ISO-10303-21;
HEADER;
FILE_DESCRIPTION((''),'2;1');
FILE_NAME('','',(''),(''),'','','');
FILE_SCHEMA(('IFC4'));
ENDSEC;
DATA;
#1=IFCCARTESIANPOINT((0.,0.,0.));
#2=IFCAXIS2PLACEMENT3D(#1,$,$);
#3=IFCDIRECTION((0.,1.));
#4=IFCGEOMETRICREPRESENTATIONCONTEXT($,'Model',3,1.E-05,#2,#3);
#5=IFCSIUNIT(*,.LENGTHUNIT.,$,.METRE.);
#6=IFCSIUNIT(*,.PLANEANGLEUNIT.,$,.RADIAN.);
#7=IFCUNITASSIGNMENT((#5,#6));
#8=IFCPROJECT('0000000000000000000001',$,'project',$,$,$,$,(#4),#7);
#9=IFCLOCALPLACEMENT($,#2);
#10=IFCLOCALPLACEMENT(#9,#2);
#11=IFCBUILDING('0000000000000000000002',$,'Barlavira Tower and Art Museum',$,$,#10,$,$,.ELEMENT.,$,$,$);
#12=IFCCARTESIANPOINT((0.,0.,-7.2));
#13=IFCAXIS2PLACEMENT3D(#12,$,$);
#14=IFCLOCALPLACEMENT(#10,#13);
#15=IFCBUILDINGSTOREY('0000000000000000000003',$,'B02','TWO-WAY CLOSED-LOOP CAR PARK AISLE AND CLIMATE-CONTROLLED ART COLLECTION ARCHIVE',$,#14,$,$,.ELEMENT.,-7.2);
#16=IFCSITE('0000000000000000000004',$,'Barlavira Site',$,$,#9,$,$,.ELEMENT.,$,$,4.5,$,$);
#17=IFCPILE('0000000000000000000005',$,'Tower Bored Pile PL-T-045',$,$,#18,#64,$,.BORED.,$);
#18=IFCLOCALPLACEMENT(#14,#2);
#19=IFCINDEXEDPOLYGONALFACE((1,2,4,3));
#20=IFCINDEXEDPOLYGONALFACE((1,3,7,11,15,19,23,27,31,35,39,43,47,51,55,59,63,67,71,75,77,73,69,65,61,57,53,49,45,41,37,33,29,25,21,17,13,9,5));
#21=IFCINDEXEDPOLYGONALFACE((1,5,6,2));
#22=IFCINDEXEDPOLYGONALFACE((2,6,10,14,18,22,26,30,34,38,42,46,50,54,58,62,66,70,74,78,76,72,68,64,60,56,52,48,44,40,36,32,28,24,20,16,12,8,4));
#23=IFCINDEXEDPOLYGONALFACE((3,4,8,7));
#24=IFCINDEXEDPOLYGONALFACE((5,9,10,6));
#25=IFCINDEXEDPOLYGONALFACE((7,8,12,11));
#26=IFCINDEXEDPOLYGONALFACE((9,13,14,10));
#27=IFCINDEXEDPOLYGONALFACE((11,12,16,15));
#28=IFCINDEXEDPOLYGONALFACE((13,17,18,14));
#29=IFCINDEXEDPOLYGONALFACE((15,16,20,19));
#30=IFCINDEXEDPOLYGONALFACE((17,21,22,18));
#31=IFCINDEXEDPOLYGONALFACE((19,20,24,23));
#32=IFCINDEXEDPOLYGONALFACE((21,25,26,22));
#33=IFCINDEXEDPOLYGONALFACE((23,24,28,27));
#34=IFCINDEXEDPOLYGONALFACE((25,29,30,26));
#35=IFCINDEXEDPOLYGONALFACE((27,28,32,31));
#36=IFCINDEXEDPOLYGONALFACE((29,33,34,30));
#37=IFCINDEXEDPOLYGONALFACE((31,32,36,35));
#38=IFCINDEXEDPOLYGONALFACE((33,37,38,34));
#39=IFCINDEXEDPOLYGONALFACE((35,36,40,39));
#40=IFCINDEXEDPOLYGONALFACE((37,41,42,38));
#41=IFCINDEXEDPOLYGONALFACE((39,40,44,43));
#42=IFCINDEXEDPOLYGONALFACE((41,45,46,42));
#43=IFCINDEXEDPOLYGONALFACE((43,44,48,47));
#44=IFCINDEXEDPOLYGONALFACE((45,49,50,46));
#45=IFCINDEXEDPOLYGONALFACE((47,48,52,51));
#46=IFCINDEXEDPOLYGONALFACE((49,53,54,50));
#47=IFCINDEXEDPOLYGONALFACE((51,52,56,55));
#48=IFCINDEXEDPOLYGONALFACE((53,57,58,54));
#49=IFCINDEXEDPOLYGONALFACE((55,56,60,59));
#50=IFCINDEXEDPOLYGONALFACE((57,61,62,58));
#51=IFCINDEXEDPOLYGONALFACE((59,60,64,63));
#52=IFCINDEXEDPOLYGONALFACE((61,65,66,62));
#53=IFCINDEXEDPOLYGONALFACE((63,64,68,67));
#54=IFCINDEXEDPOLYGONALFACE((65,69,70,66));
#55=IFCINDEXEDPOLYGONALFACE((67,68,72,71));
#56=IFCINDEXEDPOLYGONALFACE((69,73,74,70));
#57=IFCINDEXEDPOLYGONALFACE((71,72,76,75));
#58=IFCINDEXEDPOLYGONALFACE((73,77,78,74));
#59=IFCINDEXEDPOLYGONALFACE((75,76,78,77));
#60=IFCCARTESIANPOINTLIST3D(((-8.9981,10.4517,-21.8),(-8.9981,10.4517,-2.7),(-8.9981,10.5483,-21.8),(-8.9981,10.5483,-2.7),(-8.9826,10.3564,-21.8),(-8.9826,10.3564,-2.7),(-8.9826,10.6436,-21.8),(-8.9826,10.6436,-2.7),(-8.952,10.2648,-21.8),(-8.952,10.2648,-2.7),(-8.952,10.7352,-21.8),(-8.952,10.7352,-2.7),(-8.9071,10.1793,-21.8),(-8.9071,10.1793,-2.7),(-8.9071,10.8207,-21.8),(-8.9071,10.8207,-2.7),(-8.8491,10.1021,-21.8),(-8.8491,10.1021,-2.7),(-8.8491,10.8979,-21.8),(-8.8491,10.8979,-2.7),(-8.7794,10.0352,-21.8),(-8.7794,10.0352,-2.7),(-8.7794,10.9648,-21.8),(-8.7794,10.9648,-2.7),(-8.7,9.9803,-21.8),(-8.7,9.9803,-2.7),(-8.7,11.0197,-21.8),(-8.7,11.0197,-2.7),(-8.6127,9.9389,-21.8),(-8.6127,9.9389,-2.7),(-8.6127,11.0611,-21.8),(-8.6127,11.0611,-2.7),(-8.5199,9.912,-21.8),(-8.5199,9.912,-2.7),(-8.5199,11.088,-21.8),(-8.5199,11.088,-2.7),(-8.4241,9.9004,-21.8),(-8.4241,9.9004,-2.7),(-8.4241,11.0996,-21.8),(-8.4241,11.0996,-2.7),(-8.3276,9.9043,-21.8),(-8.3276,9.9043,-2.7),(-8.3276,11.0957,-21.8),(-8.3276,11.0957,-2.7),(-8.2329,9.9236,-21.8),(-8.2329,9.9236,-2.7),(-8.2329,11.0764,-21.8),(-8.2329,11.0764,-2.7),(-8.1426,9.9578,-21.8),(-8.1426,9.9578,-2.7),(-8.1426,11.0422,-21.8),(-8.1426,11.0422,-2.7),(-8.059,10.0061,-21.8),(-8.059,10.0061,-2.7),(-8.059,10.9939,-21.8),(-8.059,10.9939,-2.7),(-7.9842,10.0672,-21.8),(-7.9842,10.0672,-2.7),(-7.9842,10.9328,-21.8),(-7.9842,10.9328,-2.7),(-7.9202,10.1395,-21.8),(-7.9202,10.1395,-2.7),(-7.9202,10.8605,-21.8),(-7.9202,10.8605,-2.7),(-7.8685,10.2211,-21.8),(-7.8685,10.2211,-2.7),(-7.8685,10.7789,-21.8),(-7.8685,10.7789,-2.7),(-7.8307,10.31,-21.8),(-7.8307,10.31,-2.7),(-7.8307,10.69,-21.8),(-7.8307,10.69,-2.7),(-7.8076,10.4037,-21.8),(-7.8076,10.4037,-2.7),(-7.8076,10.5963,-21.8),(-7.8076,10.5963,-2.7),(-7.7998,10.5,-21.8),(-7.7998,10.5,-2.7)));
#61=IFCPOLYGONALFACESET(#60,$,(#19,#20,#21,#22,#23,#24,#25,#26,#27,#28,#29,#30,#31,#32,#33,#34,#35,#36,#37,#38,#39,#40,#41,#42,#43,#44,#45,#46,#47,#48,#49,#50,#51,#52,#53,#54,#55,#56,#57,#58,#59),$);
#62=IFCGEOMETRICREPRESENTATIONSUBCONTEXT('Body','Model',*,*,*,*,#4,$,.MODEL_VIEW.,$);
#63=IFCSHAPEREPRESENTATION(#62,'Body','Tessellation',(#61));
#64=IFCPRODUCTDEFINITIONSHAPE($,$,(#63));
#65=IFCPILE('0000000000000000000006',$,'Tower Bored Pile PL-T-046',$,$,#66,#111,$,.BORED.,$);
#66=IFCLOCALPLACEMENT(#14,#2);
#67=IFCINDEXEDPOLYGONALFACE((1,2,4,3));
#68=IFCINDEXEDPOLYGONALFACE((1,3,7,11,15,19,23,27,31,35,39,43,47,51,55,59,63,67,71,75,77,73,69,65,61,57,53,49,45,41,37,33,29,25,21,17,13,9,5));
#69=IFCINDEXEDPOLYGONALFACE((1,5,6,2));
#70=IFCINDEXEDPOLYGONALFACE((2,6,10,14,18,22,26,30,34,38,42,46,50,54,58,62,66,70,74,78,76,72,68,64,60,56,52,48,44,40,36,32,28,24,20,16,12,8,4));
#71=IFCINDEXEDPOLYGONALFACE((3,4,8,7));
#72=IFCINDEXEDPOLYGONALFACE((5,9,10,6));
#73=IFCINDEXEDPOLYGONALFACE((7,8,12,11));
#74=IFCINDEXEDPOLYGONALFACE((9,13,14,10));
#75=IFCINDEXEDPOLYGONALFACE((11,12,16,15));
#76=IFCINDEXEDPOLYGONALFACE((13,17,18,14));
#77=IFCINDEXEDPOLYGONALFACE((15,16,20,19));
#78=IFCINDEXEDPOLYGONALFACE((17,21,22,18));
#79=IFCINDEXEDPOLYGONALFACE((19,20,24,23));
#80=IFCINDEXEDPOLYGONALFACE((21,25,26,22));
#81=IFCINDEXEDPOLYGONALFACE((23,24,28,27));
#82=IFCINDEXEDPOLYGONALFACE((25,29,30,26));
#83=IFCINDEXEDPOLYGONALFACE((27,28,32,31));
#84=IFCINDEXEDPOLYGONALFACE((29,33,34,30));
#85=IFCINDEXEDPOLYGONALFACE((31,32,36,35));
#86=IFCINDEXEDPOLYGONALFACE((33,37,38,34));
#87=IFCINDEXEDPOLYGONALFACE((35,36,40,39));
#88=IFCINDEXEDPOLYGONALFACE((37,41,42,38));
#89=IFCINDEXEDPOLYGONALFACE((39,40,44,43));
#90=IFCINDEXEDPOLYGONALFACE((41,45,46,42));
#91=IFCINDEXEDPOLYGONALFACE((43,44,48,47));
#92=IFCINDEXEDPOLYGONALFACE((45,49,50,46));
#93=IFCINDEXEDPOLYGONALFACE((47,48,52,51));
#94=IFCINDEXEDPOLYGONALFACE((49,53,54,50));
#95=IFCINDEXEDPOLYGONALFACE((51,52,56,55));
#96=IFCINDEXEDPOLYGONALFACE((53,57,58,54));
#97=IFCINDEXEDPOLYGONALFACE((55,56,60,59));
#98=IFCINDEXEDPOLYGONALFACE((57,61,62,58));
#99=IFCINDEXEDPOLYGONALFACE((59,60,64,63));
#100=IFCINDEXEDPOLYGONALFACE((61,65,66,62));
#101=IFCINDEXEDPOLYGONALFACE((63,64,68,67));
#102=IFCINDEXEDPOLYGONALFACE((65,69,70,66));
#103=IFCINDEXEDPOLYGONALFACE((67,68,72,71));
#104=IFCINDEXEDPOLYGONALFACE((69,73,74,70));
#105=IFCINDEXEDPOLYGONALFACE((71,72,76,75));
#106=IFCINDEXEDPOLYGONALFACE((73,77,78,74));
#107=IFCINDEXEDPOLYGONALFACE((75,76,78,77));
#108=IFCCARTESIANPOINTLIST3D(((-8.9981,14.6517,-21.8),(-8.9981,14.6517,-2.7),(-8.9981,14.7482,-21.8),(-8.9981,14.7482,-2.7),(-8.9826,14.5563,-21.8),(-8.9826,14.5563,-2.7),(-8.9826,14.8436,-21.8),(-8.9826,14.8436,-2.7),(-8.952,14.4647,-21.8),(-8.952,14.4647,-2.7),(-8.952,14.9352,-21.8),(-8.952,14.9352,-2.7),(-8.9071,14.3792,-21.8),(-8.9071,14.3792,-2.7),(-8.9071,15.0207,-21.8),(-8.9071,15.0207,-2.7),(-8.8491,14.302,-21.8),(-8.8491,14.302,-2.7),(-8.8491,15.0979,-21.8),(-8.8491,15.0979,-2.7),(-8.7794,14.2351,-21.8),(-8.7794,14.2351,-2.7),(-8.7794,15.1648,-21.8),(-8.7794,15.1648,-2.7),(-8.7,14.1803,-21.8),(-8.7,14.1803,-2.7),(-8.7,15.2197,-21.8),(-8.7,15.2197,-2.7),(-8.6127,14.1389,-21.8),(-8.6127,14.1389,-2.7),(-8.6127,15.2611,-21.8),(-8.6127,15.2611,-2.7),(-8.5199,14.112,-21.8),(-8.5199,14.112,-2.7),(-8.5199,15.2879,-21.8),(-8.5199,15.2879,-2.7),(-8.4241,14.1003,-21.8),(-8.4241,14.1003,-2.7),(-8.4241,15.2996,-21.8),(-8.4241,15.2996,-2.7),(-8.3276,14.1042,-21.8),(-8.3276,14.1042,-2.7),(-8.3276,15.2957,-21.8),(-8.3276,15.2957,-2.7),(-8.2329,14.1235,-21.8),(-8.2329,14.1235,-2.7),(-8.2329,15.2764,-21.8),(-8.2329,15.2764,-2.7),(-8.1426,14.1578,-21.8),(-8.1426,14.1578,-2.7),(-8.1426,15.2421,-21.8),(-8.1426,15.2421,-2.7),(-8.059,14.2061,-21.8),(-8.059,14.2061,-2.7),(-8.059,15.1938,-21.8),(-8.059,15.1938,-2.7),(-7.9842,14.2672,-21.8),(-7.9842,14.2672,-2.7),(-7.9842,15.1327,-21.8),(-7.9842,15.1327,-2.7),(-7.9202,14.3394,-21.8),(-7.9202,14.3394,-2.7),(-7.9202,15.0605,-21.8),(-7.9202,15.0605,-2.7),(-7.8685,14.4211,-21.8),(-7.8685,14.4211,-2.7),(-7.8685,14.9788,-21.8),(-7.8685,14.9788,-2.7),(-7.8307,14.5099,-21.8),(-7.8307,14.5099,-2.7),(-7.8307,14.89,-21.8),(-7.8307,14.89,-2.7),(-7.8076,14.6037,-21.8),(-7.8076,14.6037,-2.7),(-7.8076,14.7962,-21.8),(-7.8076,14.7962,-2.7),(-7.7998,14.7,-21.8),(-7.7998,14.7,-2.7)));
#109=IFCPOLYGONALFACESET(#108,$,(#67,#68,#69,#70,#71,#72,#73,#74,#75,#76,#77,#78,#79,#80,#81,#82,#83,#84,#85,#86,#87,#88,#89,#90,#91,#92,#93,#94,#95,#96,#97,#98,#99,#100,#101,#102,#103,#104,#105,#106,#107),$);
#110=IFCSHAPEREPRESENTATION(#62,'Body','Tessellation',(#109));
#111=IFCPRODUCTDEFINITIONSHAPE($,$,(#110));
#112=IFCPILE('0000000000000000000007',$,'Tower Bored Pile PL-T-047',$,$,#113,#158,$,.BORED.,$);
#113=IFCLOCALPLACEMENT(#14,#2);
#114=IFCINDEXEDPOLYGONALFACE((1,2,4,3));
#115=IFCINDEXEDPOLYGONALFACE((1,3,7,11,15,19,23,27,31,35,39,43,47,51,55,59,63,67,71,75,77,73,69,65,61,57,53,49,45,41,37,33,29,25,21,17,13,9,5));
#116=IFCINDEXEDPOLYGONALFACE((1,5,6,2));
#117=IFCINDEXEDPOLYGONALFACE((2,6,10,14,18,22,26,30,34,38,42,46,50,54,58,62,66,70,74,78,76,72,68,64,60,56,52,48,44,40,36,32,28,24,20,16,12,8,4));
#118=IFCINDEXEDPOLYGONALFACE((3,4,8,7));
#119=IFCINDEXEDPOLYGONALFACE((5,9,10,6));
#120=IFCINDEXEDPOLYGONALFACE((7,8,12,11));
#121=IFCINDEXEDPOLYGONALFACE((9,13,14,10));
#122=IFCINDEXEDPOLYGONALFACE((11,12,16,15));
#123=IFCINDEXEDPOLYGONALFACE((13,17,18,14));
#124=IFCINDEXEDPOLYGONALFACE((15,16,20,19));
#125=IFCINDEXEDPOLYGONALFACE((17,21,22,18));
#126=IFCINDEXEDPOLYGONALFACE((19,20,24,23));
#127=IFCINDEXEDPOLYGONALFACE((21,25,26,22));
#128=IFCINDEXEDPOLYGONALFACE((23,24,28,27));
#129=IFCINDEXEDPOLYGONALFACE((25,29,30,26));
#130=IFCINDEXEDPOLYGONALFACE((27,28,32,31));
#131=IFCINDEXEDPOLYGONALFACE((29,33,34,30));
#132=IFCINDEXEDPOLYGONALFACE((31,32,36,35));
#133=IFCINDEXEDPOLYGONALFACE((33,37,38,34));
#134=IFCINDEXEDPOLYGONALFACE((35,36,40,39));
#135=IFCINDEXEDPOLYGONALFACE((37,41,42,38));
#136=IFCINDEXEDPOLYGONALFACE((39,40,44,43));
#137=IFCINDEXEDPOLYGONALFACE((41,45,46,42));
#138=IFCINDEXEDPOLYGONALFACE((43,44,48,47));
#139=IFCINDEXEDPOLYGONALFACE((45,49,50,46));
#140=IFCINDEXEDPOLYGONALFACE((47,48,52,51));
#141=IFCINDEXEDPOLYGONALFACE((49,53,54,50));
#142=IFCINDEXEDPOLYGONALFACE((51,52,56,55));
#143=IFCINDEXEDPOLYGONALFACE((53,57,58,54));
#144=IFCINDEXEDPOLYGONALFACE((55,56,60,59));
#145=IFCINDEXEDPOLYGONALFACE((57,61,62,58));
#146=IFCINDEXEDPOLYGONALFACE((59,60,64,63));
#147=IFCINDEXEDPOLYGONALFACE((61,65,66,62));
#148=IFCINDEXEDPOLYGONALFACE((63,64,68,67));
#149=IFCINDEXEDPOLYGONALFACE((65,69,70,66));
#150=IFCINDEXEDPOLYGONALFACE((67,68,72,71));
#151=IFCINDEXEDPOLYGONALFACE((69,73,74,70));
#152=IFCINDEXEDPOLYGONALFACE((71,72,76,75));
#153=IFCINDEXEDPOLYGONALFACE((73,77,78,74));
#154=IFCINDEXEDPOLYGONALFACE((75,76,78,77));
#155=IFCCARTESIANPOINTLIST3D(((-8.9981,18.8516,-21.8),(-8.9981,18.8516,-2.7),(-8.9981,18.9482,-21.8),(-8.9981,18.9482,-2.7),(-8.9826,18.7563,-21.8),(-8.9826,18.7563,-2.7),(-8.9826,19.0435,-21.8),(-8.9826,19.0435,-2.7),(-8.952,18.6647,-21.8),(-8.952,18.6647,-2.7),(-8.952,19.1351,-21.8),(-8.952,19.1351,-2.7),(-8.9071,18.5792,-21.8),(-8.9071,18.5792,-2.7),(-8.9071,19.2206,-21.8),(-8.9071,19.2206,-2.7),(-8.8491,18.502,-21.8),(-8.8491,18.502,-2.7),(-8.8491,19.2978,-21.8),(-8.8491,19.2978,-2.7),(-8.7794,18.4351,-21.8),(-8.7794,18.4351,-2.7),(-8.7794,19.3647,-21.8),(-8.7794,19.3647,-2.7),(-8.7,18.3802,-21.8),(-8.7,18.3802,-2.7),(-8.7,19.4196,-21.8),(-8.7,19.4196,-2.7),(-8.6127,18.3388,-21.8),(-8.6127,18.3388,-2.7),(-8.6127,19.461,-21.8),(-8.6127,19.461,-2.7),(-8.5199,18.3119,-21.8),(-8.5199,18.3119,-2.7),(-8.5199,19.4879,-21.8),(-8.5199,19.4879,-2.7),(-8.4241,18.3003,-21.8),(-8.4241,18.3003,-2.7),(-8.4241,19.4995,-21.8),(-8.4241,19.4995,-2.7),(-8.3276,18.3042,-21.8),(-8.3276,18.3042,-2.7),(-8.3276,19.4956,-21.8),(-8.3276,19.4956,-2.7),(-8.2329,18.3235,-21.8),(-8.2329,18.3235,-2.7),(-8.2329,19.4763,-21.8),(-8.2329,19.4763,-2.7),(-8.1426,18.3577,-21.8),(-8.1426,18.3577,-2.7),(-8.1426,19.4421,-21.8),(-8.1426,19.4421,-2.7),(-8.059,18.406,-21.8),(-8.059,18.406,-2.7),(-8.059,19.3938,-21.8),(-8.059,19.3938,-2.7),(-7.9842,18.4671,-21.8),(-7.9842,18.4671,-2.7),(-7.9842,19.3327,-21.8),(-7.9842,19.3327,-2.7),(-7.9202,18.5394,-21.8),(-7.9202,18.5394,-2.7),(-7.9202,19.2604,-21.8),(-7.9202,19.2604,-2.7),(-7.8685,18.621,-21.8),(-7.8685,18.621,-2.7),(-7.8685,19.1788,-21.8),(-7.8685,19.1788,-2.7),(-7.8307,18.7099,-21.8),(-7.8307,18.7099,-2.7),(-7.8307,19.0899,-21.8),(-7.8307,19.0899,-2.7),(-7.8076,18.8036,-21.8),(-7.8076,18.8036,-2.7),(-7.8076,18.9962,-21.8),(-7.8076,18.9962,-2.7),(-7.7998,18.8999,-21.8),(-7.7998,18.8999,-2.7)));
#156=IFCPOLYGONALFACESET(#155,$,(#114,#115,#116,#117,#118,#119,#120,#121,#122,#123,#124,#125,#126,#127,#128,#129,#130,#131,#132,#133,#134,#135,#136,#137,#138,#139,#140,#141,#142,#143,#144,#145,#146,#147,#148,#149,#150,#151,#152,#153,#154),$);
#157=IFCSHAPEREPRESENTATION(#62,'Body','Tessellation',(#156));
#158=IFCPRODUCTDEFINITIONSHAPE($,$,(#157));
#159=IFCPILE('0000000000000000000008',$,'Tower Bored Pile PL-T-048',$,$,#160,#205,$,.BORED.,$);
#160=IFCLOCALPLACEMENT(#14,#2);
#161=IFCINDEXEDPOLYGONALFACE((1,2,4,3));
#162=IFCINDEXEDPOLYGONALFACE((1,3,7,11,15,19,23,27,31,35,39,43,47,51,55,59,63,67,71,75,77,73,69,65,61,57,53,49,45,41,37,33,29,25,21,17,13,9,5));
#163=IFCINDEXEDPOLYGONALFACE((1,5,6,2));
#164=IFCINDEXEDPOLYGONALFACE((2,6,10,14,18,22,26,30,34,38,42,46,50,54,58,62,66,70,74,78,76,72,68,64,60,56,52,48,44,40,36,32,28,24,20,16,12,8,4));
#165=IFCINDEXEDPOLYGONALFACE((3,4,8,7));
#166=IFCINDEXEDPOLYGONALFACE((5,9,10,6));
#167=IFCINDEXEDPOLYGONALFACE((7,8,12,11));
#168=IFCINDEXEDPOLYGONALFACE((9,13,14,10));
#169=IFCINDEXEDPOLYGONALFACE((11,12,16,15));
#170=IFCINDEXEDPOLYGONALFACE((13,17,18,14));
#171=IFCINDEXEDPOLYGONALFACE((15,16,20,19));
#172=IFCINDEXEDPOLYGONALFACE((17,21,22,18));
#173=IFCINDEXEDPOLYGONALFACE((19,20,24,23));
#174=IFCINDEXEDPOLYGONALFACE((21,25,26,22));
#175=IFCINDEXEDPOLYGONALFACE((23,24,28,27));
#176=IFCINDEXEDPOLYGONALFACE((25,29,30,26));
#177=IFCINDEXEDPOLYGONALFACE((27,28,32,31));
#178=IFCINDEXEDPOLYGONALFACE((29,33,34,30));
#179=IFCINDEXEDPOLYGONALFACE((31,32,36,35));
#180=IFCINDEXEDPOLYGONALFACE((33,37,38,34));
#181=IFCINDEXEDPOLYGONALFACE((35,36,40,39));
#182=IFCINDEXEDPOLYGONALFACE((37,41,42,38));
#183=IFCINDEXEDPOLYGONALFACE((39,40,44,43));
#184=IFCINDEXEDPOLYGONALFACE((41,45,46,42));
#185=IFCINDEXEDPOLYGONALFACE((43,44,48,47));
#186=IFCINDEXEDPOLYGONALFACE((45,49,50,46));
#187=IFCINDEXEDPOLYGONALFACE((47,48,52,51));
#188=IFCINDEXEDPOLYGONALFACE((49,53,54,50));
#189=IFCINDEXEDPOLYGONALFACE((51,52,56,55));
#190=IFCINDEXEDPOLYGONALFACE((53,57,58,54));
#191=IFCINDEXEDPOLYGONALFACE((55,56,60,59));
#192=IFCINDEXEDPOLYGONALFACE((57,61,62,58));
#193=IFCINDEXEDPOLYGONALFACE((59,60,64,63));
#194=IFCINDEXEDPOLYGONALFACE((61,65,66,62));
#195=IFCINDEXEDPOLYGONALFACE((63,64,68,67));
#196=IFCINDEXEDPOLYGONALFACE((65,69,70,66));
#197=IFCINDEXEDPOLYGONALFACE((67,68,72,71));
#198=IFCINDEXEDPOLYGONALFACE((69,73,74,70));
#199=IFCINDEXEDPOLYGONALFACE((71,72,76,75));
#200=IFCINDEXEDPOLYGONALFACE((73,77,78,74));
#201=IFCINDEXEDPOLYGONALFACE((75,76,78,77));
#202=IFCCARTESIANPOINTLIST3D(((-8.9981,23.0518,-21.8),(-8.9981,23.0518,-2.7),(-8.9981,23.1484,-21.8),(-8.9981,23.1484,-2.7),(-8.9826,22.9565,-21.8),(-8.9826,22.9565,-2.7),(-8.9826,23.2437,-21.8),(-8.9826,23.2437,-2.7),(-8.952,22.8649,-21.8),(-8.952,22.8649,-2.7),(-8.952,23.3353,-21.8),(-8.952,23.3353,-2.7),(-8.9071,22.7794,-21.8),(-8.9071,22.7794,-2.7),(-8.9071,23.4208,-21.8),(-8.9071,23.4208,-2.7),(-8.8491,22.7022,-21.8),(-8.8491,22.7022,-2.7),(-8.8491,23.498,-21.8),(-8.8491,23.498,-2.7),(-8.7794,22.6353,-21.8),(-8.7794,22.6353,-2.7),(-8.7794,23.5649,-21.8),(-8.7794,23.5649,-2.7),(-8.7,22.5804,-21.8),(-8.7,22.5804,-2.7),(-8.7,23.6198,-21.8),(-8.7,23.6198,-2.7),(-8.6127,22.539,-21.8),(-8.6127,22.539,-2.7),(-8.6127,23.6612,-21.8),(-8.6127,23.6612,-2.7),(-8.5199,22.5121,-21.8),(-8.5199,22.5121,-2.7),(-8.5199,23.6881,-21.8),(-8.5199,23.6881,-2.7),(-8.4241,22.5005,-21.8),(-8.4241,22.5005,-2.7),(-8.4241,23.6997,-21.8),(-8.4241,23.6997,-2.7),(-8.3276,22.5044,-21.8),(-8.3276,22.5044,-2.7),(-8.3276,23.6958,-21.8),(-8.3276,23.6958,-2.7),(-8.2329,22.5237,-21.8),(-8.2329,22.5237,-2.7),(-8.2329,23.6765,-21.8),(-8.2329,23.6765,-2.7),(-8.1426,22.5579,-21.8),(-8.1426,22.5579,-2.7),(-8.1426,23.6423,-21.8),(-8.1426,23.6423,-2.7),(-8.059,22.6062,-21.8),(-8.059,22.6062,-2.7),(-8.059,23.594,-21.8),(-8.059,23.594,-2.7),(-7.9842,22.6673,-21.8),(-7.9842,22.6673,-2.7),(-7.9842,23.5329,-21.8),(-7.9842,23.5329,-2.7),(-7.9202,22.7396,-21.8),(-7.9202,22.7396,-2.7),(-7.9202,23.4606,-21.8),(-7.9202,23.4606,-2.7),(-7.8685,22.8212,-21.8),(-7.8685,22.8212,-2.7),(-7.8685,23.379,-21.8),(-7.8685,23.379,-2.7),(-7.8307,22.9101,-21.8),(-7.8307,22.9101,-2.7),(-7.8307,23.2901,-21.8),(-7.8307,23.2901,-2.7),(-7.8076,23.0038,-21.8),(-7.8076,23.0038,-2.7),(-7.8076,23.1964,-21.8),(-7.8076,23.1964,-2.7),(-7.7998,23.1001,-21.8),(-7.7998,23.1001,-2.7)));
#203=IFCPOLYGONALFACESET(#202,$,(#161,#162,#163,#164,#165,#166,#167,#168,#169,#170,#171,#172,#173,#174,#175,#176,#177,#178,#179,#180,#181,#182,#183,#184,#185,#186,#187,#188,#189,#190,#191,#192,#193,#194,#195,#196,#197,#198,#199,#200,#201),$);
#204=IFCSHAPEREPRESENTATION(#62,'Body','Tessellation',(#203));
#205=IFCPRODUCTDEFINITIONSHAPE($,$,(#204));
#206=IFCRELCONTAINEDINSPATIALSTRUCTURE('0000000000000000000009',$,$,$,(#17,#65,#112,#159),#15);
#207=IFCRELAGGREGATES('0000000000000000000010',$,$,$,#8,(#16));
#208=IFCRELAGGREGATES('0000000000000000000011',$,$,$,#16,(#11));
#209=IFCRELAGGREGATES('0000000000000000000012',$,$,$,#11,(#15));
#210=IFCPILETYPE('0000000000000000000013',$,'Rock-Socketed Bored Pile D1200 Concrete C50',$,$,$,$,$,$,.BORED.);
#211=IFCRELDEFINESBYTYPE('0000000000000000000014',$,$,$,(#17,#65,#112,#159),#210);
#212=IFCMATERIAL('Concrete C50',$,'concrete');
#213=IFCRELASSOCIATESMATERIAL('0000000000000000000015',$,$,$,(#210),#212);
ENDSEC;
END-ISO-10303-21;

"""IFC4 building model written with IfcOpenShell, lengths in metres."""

from ifc_helpers import new_model, si_unit, direction, frame, origin, origin_2d, place, context, subcontext, project, spatial, circle, extrude, material, material_profile, profile_set, type_object, element, save


model = new_model("IFC4")

# Units and contexts
model_context = context("Model", 3, precision=1e-05, world=origin(), true_north=direction((0.0, 1.0)))
body_context = subcontext(model_context, "Body", "Model", "MODEL_VIEW")
ifc_project = project(units=[si_unit("LENGTHUNIT", "METRE"), si_unit("PLANEANGLEUNIT", "RADIAN")], contexts=[model_context])

# Site, building, storey
site_placement = place(None, origin())
site = spatial("IfcSite", under=ifc_project, at=site_placement, Name="Barlavira Site", CompositionType="ELEMENT", RefElevation=4.5)
building_placement = place(site_placement, origin())
building = spatial("IfcBuilding", under=site, at=building_placement, Name="Barlavira Tower and Art Museum", CompositionType="ELEMENT")
storey_placement = place(building_placement, frame((0.0, 0.0, -7.2)))
storey = spatial("IfcBuildingStorey", under=building, at=storey_placement, Name="B02", Description="TWO-WAY CLOSED-LOOP CAR PARK AISLE AND CLIMATE-CONTROLLED ART COLLECTION ARCHIVE", CompositionType="ELEMENT", Elevation=-7.2)

# Piles
ifc_material_1 = material(Name="Concrete C50", Category="concrete")
ifc_material_profile_1 = material_profile(ifc_material_1, circle(Radius=0.6001, at=origin_2d()), Name="BORED PILE D1200")
ifc_profile_set_1 = profile_set([ifc_material_profile_1], Name="Concrete C50")
pile_type = type_object("IfcPileType", Name="Rock-Socketed Bored Pile D1200 Concrete C50", PredefinedType="BORED", material=ifc_profile_set_1)
for number, where, z_axis, x_axis, name in (
    (1, (-8.3999, 10.5, -2.7), (0.0, 0.0, -1.0), (1.0, 0.0, 0.0), "Tower Bored Pile PL-T-045"),
    (2, (-8.3999, 14.7, -2.7), (0.0, 0.0, -1.0), (1.0, 0.0, 0.0), "Tower Bored Pile PL-T-046"),
    (3, (-8.3999, 18.8999, -2.7), (0.0, 0.0, -1.0), (1.0, 0.0, 0.0), "Tower Bored Pile PL-T-047"),
    (4, (-8.3999, 23.1001, -2.7), (0.0, 0.0, -1.0), (1.0, 0.0, 0.0), "Tower Bored Pile PL-T-048"),
):
    element("IfcPile", number, at=place(storey_placement, frame(where, z_axis=z_axis, x_axis=x_axis)), inside=storey, type_object=pile_type, Name=name, PredefinedType="BORED", context=body_context, shape_type="SweptSolid", body=[
        extrude(circle(Radius=0.6001, at=origin_2d()), origin(), (0.0, 0.0, 1.0), 19.1001),
    ])

save(model, "model.ifc")
